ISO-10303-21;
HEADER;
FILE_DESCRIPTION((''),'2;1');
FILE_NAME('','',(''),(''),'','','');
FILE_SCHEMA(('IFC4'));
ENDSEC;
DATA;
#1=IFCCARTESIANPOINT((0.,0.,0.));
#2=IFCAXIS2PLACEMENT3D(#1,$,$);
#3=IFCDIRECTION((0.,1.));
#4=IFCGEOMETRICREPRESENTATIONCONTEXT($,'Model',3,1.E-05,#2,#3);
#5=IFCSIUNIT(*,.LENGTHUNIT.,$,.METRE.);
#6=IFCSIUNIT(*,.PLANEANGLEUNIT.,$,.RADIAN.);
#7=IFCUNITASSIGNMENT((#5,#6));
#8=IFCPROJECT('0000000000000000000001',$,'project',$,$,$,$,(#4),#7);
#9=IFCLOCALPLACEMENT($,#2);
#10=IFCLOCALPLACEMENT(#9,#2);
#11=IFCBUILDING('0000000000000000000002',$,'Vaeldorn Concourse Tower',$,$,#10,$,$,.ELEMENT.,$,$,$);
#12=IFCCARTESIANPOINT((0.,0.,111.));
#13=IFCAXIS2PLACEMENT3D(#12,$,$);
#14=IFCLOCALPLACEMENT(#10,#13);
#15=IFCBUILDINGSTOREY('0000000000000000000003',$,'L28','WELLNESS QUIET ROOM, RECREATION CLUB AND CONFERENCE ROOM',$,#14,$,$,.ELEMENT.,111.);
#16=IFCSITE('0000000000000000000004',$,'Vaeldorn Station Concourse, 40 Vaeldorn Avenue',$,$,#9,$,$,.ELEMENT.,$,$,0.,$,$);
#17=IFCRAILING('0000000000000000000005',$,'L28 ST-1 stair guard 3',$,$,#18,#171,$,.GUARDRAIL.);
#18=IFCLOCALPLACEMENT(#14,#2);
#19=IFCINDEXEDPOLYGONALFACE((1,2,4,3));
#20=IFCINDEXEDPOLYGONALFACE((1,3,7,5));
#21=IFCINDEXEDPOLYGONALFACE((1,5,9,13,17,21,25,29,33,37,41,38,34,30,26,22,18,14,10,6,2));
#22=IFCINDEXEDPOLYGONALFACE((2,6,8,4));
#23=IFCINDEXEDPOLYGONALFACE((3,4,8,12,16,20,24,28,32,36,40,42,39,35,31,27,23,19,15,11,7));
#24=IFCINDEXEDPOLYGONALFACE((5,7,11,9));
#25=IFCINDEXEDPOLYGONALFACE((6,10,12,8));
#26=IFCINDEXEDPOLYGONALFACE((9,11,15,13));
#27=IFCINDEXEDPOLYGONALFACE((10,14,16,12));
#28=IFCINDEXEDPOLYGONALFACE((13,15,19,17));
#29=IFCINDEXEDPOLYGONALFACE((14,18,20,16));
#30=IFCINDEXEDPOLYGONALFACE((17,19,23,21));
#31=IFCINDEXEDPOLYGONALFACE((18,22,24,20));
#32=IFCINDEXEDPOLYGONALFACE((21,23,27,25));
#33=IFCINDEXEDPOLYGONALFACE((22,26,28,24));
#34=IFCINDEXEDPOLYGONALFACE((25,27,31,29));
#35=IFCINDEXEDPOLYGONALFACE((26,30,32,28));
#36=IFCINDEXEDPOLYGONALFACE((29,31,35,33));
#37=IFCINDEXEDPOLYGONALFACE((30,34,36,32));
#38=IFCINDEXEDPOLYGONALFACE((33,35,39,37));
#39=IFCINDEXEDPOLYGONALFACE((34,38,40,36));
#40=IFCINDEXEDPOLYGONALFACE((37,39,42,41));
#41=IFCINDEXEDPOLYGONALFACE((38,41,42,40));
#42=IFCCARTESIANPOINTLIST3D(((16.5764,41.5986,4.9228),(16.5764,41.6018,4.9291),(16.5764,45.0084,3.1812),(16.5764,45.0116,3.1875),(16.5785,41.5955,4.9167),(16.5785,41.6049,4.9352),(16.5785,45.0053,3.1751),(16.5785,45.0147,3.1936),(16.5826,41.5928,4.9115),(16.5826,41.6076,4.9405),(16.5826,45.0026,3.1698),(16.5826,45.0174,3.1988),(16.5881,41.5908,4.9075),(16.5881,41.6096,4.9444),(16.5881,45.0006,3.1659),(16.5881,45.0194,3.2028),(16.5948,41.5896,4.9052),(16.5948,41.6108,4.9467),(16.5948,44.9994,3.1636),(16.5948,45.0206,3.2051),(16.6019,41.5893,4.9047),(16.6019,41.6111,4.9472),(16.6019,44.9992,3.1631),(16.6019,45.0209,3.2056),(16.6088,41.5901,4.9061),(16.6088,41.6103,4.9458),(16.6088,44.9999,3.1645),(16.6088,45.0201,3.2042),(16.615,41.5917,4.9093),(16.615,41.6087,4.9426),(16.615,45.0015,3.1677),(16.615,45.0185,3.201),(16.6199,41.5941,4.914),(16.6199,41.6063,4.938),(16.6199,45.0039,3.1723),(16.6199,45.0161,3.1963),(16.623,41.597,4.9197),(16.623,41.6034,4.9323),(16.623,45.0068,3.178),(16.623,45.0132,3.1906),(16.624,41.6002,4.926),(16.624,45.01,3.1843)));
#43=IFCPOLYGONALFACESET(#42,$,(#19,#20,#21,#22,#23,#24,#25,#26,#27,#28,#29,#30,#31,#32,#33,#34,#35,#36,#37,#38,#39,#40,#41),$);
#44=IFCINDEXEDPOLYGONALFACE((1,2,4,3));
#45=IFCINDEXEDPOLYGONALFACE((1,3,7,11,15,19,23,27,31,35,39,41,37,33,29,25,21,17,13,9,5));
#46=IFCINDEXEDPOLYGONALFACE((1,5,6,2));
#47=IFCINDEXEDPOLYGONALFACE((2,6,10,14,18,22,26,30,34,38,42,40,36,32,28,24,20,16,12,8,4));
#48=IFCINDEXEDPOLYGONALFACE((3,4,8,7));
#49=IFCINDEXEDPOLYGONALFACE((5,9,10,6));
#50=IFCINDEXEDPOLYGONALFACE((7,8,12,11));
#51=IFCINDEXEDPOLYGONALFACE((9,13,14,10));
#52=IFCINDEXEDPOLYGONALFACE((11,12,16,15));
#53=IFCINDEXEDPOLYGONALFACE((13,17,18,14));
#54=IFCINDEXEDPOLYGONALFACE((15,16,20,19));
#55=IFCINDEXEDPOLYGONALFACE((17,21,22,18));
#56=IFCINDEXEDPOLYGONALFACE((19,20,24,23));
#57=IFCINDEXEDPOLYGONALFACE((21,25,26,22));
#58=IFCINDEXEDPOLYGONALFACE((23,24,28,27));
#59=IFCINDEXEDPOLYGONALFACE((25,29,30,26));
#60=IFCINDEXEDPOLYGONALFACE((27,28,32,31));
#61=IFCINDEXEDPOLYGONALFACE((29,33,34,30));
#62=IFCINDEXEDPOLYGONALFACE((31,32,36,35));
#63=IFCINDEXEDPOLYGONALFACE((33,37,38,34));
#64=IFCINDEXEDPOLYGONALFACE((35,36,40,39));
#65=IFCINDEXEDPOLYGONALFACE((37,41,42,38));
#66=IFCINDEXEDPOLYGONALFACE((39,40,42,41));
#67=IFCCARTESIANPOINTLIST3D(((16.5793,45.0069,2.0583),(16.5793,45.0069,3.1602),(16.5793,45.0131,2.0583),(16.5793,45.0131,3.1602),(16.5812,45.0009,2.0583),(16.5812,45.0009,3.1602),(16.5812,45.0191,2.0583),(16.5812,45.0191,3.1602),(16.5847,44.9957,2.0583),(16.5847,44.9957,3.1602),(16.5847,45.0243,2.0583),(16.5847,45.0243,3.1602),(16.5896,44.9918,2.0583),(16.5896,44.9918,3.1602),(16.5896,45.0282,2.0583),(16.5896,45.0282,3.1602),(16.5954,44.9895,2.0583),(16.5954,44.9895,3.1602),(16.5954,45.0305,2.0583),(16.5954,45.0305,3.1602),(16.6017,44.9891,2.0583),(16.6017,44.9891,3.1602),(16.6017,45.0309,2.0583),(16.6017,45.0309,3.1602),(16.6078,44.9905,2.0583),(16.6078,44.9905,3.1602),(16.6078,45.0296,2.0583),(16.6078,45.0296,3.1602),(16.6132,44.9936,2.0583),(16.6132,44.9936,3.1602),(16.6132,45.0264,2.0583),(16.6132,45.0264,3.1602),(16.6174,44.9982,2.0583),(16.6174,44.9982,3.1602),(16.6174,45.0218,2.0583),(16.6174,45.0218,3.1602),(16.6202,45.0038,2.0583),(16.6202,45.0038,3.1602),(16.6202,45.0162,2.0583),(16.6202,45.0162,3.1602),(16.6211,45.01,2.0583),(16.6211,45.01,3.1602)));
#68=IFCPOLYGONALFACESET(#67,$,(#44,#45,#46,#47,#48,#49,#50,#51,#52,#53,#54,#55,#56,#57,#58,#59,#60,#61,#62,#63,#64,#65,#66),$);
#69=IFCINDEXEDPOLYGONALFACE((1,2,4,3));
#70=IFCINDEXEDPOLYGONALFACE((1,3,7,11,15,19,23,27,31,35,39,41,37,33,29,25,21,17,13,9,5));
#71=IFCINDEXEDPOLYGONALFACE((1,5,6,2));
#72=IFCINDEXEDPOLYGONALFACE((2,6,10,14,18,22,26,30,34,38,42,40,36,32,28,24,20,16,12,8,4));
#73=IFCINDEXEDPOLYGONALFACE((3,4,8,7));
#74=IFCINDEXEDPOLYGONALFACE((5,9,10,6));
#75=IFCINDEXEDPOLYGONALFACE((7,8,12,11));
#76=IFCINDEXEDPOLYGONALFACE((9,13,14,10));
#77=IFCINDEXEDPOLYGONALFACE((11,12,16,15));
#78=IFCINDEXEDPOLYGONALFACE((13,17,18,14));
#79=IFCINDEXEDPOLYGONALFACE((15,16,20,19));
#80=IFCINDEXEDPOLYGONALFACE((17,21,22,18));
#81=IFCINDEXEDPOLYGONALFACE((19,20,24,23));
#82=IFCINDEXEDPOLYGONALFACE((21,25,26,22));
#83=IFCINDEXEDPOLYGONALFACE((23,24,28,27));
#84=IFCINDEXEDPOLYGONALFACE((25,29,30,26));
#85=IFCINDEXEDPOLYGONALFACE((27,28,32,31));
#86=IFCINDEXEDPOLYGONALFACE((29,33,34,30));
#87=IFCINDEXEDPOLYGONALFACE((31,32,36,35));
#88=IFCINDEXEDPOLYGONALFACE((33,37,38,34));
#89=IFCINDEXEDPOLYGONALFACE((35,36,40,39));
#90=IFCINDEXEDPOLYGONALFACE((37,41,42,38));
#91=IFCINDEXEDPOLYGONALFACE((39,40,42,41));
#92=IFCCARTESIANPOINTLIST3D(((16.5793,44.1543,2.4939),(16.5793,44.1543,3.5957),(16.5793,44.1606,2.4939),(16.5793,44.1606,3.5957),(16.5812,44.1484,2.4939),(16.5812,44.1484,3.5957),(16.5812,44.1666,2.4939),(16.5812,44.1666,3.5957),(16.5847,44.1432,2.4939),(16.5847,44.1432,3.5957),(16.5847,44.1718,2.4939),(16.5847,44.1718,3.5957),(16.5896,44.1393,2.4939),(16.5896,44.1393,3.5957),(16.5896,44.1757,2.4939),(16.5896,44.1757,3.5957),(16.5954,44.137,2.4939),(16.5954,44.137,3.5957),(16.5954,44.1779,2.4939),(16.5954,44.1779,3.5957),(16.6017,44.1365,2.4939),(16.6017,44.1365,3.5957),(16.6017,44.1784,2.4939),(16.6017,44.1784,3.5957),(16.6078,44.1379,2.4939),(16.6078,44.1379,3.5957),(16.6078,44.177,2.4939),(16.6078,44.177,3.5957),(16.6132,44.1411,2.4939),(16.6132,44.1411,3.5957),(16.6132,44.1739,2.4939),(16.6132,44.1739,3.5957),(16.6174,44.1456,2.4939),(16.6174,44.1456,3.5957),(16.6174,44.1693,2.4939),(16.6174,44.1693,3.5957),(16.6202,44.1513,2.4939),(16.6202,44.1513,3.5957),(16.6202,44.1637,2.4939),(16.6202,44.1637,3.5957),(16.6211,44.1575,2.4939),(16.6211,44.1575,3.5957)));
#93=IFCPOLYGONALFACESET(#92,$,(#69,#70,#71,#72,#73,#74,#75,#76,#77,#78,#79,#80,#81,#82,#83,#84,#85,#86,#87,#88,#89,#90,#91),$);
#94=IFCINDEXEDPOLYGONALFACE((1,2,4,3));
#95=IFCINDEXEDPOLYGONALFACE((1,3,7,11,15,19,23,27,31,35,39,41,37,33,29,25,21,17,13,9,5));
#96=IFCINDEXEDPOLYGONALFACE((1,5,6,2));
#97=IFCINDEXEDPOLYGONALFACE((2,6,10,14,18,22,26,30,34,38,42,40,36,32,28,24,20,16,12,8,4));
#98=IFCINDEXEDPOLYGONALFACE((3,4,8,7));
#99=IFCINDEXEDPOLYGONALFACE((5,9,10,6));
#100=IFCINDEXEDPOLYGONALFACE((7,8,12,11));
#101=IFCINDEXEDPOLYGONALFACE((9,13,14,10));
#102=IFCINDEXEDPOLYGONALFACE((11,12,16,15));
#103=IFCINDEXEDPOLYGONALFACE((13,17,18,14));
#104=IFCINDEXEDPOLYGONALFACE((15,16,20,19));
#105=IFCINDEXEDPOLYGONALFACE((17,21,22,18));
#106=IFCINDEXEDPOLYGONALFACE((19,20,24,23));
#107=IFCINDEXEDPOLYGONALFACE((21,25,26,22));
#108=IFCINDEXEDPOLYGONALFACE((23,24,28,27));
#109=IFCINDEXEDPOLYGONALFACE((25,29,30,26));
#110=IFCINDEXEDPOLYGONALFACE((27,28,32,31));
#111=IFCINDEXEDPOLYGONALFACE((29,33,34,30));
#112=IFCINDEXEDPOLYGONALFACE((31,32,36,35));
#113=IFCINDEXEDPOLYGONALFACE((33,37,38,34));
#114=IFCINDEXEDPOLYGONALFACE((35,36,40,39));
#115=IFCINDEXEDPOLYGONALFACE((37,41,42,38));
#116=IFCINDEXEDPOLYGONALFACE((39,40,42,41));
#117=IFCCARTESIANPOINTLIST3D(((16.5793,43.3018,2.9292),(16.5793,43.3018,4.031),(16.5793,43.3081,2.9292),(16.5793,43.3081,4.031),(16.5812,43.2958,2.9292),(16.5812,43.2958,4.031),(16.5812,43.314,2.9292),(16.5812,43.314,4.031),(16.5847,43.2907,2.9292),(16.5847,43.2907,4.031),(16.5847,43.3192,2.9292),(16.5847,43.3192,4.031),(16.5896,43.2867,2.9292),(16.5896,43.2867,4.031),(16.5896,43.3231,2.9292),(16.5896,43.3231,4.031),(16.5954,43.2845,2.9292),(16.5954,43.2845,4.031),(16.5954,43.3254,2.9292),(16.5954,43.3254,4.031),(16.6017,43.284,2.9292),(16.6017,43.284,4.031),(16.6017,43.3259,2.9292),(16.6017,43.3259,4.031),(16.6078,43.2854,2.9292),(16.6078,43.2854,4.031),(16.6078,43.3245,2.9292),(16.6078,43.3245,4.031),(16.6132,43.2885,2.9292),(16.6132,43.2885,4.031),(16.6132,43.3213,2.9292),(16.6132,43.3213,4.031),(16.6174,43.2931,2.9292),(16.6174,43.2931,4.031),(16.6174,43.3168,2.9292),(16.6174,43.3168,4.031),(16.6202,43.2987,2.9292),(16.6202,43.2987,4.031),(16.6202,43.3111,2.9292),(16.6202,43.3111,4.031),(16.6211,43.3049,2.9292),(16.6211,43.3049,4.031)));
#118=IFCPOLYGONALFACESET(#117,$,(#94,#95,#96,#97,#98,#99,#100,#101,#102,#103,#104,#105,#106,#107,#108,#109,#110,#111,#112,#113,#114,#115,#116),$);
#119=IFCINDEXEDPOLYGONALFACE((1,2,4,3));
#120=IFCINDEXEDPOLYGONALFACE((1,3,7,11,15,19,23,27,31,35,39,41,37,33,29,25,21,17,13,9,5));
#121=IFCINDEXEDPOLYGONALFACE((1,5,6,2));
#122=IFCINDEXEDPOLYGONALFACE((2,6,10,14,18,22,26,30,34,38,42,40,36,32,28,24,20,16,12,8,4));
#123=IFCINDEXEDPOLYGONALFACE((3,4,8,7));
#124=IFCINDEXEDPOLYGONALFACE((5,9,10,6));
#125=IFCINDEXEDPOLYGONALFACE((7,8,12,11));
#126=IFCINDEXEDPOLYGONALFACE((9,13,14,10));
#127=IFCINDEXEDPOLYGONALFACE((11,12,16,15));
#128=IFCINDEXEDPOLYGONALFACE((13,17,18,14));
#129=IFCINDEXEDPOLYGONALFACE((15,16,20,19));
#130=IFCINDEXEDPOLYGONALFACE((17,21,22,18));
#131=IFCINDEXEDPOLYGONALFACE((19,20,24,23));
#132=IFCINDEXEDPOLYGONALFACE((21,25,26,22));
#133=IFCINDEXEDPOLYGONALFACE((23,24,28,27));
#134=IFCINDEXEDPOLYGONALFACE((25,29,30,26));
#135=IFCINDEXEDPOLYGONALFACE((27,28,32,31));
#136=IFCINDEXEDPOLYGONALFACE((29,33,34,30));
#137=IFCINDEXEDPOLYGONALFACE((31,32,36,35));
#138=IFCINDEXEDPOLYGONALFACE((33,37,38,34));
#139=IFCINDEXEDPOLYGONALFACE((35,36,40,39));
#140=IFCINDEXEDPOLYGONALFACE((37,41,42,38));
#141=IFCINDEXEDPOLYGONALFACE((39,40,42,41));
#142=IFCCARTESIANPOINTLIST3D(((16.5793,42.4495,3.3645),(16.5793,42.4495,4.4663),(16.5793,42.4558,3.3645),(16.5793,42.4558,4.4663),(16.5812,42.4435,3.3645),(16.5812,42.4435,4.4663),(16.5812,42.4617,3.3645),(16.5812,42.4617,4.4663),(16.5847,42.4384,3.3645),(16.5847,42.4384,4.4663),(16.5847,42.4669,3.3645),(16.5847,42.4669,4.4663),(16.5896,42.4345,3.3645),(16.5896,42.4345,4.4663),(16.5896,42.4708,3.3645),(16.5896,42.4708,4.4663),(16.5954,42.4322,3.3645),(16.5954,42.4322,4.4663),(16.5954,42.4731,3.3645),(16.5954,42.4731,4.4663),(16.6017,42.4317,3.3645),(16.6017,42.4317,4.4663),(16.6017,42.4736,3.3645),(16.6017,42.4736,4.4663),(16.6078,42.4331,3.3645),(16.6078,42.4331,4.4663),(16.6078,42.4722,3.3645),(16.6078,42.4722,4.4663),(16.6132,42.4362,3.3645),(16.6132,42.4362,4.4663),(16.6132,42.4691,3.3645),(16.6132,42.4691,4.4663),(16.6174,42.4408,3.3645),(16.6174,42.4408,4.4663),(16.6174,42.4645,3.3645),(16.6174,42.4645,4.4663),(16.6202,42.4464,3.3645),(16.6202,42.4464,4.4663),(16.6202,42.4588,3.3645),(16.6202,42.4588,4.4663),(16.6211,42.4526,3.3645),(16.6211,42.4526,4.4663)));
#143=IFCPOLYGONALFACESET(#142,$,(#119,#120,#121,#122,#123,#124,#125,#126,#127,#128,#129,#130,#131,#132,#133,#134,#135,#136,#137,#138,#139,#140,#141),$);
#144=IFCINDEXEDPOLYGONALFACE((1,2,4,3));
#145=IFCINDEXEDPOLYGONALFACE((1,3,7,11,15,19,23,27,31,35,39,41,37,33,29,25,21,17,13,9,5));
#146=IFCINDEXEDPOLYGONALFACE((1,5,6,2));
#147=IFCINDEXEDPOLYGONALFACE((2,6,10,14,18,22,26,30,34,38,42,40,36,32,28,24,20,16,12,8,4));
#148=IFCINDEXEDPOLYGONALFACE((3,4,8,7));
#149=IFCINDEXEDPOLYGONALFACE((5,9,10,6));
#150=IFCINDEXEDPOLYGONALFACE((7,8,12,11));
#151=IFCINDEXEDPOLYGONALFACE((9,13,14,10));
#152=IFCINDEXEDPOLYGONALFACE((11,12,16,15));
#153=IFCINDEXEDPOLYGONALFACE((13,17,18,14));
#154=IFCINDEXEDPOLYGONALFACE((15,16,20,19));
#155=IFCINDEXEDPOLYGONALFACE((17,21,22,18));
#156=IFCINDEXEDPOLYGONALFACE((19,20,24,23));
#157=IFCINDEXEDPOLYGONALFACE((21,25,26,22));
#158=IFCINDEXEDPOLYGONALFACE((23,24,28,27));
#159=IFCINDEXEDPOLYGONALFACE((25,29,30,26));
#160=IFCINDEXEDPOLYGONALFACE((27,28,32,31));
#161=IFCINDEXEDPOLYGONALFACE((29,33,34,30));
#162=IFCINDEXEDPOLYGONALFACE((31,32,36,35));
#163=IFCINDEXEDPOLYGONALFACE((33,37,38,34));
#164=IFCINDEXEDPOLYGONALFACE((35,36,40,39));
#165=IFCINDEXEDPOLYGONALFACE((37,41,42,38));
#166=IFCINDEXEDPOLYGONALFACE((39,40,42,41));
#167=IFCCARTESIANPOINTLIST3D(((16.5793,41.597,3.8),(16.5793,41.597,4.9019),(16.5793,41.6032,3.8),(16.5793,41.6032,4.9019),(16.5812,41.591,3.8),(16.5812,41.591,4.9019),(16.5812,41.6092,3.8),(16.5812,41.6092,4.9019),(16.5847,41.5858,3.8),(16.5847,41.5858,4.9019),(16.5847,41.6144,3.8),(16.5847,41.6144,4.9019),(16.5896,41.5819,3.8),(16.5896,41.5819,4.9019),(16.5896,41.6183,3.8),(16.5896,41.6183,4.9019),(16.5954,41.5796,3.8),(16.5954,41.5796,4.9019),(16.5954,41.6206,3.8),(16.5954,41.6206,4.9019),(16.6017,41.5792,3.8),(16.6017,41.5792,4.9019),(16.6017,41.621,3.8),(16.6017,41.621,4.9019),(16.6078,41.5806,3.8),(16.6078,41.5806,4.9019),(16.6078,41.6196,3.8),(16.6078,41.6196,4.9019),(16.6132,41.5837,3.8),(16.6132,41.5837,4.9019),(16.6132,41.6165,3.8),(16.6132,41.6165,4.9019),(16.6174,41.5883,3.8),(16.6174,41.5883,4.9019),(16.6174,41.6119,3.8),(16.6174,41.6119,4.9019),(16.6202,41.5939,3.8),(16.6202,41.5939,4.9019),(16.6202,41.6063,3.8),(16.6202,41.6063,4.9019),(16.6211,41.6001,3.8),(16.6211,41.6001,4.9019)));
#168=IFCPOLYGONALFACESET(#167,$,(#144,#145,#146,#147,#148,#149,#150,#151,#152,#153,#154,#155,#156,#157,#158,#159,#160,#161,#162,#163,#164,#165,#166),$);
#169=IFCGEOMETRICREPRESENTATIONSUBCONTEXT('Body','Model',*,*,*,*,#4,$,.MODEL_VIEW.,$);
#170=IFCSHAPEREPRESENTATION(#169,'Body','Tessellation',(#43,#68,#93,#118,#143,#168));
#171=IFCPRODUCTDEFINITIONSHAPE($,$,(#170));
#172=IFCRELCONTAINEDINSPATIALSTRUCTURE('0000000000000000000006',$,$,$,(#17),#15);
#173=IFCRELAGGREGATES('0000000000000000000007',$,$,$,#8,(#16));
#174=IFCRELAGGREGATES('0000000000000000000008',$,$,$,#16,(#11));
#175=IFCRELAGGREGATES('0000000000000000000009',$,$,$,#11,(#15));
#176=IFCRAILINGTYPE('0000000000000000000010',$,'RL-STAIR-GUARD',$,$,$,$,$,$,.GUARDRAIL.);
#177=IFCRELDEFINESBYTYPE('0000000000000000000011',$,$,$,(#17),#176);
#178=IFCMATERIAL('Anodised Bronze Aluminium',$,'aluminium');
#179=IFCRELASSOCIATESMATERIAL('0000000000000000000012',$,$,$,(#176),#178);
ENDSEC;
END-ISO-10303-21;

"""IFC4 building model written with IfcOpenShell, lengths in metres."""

from ifc_helpers import new_model, si_unit, direction, frame, origin, origin_2d, place, context, subcontext, project, spatial, circle, extrude, material, type_object, element, save


model = new_model("IFC4")

# Units and contexts
model_context = context("Model", 3, precision=1e-05, world=origin(), true_north=direction((0.0, 1.0)))
body_context = subcontext(model_context, "Body", "Model", "MODEL_VIEW")
ifc_project = project(units=[si_unit("LENGTHUNIT", "METRE"), si_unit("PLANEANGLEUNIT", "RADIAN")], contexts=[model_context])

# Site, building, storey
site_placement = place(None, origin())
site = spatial("IfcSite", under=ifc_project, at=site_placement, Name="Vaeldorn Station Concourse, 40 Vaeldorn Avenue", CompositionType="ELEMENT", RefElevation=0.0)
building_placement = place(site_placement, origin())
building = spatial("IfcBuilding", under=site, at=building_placement, Name="Vaeldorn Concourse Tower", CompositionType="ELEMENT")
storey_placement = place(building_placement, frame((0.0, 0.0, 111.0)))
storey = spatial("IfcBuildingStorey", under=building, at=storey_placement, Name="L28", Description="WELLNESS QUIET ROOM, RECREATION CLUB AND CONFERENCE ROOM", CompositionType="ELEMENT", Elevation=111.0)

# Shared definitions
ifc_material_1 = material(Name="Anodised Bronze Aluminium", Category="aluminium")

# Railing
railing_type_1 = type_object("IfcRailingType", Name="RL-STAIR-GUARD", PredefinedType="GUARDRAIL", material=ifc_material_1)
railing_1_placement = place(storey_placement, frame((16.6001, 45.01, 2.0583)))
element("IfcRailing", 1, at=railing_1_placement, inside=storey, type_object=railing_type_1, Name="L28 ST-1 stair guard 3", PredefinedType="GUARDRAIL", context=body_context, shape_type="SweptSolid", body=[
    extrude(circle(Radius=0.0239, at=origin_2d()), frame((0.0, 0.0, 1.126), z_axis=(0.0, -0.890556, 0.454874), x_axis=(1.0, 0.0, 0.0)), (0.0, 0.0, 1.0), 3.8289),
    extrude(circle(Radius=0.021, at=origin_2d()), origin(), (0.0, 0.0, 1.0), 1.1018),
    extrude(circle(Radius=0.021, at=origin_2d()), frame((0.0, -0.8525, 0.4355)), (0.0, 0.0, 1.0), 1.1018),
    extrude(circle(Radius=0.021, at=origin_2d()), frame((0.0, -1.7051, 0.8708)), (0.0, 0.0, 1.0), 1.1018),
    extrude(circle(Radius=0.021, at=origin_2d()), frame((0.0, -2.5574, 1.3062)), (0.0, 0.0, 1.0), 1.1018),
    extrude(circle(Radius=0.021, at=origin_2d()), frame((0.0, -3.4099, 1.7417)), (0.0, 0.0, 1.0), 1.1018),
])

save(model, "model.ifc")
